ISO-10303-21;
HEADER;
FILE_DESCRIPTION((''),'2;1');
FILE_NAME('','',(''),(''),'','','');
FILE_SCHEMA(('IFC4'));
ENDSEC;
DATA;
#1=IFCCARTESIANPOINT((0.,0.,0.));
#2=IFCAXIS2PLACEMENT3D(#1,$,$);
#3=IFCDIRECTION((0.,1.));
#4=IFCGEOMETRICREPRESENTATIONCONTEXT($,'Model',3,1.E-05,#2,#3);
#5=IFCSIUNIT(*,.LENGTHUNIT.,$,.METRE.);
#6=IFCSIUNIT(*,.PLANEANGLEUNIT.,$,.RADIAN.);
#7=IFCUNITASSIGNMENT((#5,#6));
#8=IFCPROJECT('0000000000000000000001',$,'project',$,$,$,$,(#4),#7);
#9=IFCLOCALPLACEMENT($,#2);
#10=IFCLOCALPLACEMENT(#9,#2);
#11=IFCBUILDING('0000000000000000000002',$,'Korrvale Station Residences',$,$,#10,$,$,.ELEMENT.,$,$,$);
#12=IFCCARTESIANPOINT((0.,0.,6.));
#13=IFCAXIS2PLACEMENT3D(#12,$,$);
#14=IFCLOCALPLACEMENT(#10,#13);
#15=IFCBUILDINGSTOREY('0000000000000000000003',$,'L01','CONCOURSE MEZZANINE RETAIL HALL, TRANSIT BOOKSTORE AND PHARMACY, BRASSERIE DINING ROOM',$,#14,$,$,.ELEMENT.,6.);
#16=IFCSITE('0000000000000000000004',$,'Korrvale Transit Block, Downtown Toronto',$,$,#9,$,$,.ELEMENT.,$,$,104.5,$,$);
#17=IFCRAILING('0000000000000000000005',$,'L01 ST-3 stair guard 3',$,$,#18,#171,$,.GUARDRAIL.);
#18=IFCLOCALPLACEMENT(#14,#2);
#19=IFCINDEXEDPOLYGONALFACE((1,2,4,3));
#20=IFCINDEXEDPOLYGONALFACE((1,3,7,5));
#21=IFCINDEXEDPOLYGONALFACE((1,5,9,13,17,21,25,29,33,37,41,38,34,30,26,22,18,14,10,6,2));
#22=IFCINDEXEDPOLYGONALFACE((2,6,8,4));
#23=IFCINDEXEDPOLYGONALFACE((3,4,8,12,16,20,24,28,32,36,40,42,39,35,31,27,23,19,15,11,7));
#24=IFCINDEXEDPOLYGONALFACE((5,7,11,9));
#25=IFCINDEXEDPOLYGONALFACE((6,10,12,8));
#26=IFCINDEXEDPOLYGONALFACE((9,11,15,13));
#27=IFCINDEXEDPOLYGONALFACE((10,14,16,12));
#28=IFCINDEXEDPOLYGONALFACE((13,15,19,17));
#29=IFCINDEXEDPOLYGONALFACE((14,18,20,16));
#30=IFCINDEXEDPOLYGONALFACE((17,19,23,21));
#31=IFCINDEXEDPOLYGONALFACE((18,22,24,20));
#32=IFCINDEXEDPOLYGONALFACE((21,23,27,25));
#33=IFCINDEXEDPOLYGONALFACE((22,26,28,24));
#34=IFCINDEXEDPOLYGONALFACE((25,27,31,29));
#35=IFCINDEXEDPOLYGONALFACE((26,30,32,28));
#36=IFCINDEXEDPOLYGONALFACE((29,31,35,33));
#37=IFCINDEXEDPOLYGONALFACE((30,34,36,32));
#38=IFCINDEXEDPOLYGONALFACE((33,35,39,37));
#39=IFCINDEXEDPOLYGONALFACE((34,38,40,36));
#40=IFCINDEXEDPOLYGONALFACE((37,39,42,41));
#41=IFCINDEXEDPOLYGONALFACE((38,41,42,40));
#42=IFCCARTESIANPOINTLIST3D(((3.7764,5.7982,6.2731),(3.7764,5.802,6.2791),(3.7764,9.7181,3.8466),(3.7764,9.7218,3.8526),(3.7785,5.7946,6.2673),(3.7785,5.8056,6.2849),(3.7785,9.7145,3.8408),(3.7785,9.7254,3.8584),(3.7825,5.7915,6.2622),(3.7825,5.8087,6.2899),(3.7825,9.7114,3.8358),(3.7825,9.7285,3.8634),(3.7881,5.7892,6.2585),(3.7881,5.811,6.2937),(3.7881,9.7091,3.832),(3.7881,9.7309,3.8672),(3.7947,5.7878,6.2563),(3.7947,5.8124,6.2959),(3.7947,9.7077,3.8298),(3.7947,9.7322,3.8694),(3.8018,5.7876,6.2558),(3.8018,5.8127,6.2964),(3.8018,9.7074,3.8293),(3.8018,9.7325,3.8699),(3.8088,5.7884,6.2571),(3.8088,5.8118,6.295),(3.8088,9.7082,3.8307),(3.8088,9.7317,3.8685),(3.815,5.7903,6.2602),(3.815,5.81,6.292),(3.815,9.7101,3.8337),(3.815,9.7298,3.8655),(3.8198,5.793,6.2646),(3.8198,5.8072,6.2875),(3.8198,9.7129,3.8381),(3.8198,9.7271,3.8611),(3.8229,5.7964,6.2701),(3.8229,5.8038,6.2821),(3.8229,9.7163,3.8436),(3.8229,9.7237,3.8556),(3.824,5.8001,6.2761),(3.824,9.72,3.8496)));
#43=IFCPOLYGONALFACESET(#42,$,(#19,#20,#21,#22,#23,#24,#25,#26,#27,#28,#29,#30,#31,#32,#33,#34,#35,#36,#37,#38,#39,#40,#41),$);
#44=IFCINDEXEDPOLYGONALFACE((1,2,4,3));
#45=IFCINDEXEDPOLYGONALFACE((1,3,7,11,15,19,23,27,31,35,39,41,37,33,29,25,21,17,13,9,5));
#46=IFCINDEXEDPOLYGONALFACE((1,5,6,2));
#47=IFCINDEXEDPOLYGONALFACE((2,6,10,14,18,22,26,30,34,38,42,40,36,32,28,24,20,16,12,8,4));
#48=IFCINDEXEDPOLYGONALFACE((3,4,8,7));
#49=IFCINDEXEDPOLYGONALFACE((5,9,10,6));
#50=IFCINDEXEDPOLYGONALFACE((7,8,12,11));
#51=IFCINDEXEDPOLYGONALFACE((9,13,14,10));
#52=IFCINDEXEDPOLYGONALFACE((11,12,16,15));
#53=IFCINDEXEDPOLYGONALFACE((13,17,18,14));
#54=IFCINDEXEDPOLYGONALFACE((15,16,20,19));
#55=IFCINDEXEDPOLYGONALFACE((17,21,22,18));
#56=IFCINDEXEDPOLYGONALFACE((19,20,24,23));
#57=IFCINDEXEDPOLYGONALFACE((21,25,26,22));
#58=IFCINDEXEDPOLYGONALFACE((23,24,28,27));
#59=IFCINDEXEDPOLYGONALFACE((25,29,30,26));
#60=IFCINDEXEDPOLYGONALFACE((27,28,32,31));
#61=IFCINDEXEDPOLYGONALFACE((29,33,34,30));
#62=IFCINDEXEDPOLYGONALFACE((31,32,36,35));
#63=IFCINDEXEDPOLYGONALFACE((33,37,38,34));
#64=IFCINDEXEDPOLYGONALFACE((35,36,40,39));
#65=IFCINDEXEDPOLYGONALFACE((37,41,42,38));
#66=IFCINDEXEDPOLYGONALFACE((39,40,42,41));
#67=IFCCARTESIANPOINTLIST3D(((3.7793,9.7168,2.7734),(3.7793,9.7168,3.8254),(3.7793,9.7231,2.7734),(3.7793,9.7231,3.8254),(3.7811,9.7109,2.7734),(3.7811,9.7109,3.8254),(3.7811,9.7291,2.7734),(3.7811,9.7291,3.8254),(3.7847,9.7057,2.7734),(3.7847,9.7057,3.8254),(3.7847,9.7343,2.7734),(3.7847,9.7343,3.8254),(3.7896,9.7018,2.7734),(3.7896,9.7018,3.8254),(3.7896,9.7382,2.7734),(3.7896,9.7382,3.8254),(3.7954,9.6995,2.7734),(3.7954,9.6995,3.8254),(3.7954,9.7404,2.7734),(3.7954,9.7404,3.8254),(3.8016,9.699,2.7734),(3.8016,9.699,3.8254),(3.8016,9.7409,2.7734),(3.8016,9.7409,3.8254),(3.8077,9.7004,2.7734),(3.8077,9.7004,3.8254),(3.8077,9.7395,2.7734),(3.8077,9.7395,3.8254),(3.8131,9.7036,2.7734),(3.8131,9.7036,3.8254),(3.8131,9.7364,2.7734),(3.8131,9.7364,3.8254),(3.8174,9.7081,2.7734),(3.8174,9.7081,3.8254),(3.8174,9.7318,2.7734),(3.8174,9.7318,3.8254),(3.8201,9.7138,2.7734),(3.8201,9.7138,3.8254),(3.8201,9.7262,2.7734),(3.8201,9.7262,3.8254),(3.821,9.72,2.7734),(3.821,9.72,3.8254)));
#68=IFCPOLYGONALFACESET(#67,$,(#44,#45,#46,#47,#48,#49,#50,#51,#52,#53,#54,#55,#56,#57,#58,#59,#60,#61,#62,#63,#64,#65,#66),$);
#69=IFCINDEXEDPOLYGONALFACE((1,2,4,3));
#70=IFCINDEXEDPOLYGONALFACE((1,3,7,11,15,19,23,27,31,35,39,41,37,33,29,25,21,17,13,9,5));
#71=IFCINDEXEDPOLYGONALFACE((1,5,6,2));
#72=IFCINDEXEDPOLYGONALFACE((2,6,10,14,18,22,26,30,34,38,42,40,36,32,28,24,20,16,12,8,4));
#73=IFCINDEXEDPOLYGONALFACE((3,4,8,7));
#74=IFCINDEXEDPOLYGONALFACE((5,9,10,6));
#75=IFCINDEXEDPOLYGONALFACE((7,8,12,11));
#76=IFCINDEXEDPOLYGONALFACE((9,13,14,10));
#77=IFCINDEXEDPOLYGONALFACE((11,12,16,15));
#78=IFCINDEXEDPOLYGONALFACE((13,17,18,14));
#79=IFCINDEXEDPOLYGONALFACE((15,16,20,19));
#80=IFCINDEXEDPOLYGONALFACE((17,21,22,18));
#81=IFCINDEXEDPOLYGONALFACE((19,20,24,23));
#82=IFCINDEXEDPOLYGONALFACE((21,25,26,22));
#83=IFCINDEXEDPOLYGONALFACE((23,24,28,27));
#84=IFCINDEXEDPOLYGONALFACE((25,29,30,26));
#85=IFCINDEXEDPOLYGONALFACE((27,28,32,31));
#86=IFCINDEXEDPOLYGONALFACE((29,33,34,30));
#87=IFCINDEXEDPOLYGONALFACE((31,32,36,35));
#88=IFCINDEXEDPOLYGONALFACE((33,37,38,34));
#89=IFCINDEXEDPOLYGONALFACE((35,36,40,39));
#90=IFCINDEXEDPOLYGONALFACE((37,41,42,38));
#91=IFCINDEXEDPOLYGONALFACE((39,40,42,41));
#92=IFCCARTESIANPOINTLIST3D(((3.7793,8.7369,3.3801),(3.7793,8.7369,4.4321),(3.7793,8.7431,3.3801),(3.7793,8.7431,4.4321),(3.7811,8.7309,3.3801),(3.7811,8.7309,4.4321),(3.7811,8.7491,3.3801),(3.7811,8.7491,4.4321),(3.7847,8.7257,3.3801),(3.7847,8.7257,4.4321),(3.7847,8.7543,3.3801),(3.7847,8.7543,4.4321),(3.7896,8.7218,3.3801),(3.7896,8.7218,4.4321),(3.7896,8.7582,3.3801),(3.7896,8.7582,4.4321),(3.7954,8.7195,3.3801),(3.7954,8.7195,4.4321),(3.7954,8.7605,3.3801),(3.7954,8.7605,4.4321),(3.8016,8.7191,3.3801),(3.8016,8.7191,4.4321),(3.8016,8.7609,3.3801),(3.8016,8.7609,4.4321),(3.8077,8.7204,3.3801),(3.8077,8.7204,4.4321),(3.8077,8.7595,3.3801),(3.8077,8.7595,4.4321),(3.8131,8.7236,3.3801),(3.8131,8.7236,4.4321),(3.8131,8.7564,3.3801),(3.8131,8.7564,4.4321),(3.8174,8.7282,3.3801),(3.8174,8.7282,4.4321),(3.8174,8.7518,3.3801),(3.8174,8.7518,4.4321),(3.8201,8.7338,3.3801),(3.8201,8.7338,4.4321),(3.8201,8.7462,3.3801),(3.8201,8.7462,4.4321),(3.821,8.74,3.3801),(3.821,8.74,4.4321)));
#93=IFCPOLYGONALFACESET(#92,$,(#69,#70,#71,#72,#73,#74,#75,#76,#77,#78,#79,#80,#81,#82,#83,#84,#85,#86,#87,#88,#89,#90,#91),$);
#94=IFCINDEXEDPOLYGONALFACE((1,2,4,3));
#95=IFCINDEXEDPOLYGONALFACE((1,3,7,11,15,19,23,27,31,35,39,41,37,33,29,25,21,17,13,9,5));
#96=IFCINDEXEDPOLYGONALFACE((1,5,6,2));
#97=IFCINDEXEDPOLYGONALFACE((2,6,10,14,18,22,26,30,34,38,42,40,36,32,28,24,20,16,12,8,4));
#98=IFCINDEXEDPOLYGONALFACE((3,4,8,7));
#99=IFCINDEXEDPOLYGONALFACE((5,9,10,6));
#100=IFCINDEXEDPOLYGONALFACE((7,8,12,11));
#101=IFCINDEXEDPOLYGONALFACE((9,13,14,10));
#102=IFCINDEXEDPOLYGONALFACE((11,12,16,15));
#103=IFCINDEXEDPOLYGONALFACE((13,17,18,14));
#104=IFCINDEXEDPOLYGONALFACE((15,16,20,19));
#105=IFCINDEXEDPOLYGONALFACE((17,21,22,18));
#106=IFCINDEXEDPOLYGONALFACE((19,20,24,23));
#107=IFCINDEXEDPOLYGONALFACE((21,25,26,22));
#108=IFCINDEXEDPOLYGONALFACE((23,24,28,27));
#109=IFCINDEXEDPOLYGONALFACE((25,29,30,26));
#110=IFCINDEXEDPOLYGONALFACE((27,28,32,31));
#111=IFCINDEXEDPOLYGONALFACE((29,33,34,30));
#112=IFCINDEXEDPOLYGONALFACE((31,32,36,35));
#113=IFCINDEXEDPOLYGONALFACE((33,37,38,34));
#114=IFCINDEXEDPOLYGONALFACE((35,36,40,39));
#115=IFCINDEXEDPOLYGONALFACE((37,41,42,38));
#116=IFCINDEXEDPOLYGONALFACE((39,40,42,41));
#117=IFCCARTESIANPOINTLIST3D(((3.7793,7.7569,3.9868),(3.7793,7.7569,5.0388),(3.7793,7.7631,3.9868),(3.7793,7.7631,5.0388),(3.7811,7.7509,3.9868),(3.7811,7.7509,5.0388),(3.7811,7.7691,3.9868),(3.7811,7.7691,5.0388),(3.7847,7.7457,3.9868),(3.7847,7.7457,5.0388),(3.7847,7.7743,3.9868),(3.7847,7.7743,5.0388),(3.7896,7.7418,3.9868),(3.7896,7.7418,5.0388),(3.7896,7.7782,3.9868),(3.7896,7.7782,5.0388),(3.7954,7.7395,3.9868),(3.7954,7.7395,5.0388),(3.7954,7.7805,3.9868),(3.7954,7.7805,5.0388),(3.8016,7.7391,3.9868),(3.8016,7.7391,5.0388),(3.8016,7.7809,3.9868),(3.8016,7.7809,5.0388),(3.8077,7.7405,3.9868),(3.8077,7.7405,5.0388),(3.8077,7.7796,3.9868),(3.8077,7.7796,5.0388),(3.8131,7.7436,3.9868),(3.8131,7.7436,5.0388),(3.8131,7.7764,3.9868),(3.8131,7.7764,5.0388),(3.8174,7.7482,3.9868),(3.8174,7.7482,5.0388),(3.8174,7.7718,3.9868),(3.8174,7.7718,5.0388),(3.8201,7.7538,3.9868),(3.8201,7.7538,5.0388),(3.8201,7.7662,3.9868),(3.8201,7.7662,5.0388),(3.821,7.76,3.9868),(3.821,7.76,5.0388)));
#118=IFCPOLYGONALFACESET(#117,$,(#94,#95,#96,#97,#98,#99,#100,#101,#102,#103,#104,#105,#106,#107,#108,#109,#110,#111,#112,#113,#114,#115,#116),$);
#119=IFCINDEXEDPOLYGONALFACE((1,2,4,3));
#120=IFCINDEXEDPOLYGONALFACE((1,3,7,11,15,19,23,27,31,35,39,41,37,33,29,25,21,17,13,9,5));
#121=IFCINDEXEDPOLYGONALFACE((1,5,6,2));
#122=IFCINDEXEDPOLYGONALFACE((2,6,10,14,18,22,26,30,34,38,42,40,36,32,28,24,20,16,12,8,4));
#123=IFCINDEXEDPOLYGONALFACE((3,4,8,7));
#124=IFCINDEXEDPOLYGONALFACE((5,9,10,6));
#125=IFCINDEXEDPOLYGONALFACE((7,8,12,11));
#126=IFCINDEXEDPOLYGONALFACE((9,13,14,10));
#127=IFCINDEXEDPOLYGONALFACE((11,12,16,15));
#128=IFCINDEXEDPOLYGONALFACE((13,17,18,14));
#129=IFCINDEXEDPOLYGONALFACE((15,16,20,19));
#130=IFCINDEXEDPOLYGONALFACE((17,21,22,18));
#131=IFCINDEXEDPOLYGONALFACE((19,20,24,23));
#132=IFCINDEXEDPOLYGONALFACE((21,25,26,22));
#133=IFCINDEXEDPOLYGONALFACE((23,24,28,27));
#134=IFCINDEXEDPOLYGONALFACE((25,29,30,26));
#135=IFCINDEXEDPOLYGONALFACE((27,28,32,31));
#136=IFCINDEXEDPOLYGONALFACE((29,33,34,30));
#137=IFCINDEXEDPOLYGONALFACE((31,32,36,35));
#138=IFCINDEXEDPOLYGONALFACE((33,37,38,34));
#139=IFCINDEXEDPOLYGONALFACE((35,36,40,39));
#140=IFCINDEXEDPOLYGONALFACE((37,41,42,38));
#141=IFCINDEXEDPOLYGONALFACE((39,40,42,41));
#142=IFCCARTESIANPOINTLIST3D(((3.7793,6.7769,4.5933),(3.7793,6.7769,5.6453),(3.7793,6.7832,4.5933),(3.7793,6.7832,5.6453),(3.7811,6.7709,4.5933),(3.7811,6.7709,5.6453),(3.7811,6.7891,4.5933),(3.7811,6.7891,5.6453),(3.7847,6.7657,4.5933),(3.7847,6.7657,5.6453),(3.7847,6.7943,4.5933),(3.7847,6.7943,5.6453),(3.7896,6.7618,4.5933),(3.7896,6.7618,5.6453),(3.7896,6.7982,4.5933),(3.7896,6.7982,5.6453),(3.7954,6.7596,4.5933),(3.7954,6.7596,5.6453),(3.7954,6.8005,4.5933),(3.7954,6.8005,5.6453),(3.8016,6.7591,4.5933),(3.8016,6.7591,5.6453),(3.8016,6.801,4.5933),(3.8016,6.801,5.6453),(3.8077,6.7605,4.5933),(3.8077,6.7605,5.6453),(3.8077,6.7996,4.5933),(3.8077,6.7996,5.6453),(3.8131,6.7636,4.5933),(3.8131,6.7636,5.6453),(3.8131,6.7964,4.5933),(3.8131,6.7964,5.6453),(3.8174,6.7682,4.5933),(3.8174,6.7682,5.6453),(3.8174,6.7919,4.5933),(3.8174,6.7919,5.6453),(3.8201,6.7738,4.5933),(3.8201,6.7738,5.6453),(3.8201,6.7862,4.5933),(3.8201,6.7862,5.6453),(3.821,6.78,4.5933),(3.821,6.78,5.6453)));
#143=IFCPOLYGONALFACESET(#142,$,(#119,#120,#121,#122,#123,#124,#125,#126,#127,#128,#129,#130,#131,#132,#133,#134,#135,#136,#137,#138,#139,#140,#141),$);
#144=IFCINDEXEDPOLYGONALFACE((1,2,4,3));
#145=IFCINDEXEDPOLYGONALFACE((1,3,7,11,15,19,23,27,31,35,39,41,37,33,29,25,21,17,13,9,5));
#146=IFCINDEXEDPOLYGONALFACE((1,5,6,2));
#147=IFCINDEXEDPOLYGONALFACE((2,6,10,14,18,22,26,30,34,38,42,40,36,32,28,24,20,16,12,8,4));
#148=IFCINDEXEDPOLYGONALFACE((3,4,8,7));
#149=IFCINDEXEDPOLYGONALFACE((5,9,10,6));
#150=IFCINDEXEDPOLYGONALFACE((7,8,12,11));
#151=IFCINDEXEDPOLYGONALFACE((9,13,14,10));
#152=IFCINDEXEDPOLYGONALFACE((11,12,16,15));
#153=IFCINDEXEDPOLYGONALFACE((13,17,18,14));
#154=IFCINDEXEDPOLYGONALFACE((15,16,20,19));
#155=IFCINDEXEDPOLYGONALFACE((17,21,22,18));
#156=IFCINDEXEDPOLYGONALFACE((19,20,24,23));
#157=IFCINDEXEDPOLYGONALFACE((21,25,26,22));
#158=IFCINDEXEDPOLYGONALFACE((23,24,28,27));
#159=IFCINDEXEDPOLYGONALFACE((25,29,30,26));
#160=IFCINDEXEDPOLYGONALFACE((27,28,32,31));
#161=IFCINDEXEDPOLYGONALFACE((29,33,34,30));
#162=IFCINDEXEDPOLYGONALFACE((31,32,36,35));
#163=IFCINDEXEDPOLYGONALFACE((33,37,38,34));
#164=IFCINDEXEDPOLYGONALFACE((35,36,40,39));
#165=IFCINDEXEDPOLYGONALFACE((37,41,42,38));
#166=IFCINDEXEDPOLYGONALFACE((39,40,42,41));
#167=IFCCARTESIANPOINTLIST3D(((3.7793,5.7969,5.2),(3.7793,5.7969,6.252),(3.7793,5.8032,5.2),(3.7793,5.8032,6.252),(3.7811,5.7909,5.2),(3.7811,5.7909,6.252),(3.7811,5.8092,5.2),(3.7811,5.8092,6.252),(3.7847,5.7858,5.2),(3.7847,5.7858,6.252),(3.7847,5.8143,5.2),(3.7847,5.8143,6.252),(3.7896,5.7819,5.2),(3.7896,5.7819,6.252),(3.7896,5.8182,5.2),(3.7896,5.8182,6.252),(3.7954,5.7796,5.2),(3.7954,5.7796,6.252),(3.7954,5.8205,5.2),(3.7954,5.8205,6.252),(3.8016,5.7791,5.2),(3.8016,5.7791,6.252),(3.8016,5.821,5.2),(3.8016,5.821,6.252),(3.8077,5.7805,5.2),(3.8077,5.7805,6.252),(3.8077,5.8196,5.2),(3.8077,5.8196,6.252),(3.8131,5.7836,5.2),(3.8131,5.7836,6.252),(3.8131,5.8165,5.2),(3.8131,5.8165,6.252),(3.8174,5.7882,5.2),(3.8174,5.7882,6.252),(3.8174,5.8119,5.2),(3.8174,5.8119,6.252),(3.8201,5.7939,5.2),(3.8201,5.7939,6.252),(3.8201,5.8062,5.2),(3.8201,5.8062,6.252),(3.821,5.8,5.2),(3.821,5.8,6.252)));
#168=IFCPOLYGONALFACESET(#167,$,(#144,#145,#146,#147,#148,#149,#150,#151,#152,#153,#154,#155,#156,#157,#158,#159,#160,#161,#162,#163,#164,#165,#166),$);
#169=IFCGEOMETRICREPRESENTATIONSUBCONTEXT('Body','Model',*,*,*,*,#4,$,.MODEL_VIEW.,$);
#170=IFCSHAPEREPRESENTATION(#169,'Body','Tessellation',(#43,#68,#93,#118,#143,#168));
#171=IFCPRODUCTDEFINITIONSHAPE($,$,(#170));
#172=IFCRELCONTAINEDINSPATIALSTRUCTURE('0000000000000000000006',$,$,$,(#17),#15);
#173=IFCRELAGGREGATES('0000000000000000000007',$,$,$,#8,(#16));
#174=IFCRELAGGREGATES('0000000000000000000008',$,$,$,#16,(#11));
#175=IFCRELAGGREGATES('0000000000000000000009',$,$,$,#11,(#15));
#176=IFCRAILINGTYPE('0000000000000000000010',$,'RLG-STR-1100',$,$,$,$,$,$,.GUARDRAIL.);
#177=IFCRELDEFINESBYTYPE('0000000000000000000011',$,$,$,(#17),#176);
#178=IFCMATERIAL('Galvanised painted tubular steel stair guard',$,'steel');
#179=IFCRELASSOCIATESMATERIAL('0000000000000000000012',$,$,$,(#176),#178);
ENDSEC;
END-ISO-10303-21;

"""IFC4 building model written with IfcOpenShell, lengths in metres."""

from ifc_helpers import new_model, si_unit, direction, frame, origin, origin_2d, place, context, subcontext, project, spatial, circle, extrude, material, type_object, element, save


model = new_model("IFC4")

# Units and contexts
model_context = context("Model", 3, precision=1e-05, world=origin(), true_north=direction((0.0, 1.0)))
body_context = subcontext(model_context, "Body", "Model", "MODEL_VIEW")
ifc_project = project(units=[si_unit("LENGTHUNIT", "METRE"), si_unit("PLANEANGLEUNIT", "RADIAN")], contexts=[model_context])

# Site, building, storey
site_placement = place(None, origin())
site = spatial("IfcSite", under=ifc_project, at=site_placement, Name="Korrvale Transit Block, Downtown Toronto", CompositionType="ELEMENT", RefElevation=104.5)
building_placement = place(site_placement, origin())
building = spatial("IfcBuilding", under=site, at=building_placement, Name="Korrvale Station Residences", CompositionType="ELEMENT")
storey_placement = place(building_placement, frame((0.0, 0.0, 6.0)))
storey = spatial("IfcBuildingStorey", under=building, at=storey_placement, Name="L01", Description="CONCOURSE MEZZANINE RETAIL HALL, TRANSIT BOOKSTORE AND PHARMACY, BRASSERIE DINING ROOM", CompositionType="ELEMENT", Elevation=6.0)

# Railing
ifc_material_1 = material(Name="Galvanised painted tubular steel stair guard", Category="steel")
railing_type_1 = type_object("IfcRailingType", Name="RLG-STR-1100", PredefinedType="GUARDRAIL", material=ifc_material_1)
railing_1_placement = place(storey_placement, frame((3.8, 9.72, 2.7734)))
element("IfcRailing", 1, at=railing_1_placement, inside=storey, type_object=railing_type_1, Name="L01 ST-3 stair guard 3", PredefinedType="GUARDRAIL", context=body_context, shape_type="SweptSolid", body=[
    extrude(circle(Radius=0.0239, at=origin_2d()), frame((0.0, 0.0, 1.0762), z_axis=(0.0, -0.850275, 0.526338), x_axis=(1.0, 0.0, 0.0)), (0.0, 0.0, 1.0), 4.6101),
    extrude(circle(Radius=0.021, at=origin_2d()), origin(), (0.0, 0.0, 1.0), 1.052),
    extrude(circle(Radius=0.021, at=origin_2d()), frame((0.0, -0.98, 0.6067)), (0.0, 0.0, 1.0), 1.052),
    extrude(circle(Radius=0.021, at=origin_2d()), frame((0.0, -1.96, 1.2134)), (0.0, 0.0, 1.0), 1.052),
    extrude(circle(Radius=0.021, at=origin_2d()), frame((0.0, -2.9399, 1.8198)), (0.0, 0.0, 1.0), 1.052),
    extrude(circle(Radius=0.021, at=origin_2d()), frame((0.0, -3.9199, 2.4265)), (0.0, 0.0, 1.0), 1.052),
])

save(model, "model.ifc")
